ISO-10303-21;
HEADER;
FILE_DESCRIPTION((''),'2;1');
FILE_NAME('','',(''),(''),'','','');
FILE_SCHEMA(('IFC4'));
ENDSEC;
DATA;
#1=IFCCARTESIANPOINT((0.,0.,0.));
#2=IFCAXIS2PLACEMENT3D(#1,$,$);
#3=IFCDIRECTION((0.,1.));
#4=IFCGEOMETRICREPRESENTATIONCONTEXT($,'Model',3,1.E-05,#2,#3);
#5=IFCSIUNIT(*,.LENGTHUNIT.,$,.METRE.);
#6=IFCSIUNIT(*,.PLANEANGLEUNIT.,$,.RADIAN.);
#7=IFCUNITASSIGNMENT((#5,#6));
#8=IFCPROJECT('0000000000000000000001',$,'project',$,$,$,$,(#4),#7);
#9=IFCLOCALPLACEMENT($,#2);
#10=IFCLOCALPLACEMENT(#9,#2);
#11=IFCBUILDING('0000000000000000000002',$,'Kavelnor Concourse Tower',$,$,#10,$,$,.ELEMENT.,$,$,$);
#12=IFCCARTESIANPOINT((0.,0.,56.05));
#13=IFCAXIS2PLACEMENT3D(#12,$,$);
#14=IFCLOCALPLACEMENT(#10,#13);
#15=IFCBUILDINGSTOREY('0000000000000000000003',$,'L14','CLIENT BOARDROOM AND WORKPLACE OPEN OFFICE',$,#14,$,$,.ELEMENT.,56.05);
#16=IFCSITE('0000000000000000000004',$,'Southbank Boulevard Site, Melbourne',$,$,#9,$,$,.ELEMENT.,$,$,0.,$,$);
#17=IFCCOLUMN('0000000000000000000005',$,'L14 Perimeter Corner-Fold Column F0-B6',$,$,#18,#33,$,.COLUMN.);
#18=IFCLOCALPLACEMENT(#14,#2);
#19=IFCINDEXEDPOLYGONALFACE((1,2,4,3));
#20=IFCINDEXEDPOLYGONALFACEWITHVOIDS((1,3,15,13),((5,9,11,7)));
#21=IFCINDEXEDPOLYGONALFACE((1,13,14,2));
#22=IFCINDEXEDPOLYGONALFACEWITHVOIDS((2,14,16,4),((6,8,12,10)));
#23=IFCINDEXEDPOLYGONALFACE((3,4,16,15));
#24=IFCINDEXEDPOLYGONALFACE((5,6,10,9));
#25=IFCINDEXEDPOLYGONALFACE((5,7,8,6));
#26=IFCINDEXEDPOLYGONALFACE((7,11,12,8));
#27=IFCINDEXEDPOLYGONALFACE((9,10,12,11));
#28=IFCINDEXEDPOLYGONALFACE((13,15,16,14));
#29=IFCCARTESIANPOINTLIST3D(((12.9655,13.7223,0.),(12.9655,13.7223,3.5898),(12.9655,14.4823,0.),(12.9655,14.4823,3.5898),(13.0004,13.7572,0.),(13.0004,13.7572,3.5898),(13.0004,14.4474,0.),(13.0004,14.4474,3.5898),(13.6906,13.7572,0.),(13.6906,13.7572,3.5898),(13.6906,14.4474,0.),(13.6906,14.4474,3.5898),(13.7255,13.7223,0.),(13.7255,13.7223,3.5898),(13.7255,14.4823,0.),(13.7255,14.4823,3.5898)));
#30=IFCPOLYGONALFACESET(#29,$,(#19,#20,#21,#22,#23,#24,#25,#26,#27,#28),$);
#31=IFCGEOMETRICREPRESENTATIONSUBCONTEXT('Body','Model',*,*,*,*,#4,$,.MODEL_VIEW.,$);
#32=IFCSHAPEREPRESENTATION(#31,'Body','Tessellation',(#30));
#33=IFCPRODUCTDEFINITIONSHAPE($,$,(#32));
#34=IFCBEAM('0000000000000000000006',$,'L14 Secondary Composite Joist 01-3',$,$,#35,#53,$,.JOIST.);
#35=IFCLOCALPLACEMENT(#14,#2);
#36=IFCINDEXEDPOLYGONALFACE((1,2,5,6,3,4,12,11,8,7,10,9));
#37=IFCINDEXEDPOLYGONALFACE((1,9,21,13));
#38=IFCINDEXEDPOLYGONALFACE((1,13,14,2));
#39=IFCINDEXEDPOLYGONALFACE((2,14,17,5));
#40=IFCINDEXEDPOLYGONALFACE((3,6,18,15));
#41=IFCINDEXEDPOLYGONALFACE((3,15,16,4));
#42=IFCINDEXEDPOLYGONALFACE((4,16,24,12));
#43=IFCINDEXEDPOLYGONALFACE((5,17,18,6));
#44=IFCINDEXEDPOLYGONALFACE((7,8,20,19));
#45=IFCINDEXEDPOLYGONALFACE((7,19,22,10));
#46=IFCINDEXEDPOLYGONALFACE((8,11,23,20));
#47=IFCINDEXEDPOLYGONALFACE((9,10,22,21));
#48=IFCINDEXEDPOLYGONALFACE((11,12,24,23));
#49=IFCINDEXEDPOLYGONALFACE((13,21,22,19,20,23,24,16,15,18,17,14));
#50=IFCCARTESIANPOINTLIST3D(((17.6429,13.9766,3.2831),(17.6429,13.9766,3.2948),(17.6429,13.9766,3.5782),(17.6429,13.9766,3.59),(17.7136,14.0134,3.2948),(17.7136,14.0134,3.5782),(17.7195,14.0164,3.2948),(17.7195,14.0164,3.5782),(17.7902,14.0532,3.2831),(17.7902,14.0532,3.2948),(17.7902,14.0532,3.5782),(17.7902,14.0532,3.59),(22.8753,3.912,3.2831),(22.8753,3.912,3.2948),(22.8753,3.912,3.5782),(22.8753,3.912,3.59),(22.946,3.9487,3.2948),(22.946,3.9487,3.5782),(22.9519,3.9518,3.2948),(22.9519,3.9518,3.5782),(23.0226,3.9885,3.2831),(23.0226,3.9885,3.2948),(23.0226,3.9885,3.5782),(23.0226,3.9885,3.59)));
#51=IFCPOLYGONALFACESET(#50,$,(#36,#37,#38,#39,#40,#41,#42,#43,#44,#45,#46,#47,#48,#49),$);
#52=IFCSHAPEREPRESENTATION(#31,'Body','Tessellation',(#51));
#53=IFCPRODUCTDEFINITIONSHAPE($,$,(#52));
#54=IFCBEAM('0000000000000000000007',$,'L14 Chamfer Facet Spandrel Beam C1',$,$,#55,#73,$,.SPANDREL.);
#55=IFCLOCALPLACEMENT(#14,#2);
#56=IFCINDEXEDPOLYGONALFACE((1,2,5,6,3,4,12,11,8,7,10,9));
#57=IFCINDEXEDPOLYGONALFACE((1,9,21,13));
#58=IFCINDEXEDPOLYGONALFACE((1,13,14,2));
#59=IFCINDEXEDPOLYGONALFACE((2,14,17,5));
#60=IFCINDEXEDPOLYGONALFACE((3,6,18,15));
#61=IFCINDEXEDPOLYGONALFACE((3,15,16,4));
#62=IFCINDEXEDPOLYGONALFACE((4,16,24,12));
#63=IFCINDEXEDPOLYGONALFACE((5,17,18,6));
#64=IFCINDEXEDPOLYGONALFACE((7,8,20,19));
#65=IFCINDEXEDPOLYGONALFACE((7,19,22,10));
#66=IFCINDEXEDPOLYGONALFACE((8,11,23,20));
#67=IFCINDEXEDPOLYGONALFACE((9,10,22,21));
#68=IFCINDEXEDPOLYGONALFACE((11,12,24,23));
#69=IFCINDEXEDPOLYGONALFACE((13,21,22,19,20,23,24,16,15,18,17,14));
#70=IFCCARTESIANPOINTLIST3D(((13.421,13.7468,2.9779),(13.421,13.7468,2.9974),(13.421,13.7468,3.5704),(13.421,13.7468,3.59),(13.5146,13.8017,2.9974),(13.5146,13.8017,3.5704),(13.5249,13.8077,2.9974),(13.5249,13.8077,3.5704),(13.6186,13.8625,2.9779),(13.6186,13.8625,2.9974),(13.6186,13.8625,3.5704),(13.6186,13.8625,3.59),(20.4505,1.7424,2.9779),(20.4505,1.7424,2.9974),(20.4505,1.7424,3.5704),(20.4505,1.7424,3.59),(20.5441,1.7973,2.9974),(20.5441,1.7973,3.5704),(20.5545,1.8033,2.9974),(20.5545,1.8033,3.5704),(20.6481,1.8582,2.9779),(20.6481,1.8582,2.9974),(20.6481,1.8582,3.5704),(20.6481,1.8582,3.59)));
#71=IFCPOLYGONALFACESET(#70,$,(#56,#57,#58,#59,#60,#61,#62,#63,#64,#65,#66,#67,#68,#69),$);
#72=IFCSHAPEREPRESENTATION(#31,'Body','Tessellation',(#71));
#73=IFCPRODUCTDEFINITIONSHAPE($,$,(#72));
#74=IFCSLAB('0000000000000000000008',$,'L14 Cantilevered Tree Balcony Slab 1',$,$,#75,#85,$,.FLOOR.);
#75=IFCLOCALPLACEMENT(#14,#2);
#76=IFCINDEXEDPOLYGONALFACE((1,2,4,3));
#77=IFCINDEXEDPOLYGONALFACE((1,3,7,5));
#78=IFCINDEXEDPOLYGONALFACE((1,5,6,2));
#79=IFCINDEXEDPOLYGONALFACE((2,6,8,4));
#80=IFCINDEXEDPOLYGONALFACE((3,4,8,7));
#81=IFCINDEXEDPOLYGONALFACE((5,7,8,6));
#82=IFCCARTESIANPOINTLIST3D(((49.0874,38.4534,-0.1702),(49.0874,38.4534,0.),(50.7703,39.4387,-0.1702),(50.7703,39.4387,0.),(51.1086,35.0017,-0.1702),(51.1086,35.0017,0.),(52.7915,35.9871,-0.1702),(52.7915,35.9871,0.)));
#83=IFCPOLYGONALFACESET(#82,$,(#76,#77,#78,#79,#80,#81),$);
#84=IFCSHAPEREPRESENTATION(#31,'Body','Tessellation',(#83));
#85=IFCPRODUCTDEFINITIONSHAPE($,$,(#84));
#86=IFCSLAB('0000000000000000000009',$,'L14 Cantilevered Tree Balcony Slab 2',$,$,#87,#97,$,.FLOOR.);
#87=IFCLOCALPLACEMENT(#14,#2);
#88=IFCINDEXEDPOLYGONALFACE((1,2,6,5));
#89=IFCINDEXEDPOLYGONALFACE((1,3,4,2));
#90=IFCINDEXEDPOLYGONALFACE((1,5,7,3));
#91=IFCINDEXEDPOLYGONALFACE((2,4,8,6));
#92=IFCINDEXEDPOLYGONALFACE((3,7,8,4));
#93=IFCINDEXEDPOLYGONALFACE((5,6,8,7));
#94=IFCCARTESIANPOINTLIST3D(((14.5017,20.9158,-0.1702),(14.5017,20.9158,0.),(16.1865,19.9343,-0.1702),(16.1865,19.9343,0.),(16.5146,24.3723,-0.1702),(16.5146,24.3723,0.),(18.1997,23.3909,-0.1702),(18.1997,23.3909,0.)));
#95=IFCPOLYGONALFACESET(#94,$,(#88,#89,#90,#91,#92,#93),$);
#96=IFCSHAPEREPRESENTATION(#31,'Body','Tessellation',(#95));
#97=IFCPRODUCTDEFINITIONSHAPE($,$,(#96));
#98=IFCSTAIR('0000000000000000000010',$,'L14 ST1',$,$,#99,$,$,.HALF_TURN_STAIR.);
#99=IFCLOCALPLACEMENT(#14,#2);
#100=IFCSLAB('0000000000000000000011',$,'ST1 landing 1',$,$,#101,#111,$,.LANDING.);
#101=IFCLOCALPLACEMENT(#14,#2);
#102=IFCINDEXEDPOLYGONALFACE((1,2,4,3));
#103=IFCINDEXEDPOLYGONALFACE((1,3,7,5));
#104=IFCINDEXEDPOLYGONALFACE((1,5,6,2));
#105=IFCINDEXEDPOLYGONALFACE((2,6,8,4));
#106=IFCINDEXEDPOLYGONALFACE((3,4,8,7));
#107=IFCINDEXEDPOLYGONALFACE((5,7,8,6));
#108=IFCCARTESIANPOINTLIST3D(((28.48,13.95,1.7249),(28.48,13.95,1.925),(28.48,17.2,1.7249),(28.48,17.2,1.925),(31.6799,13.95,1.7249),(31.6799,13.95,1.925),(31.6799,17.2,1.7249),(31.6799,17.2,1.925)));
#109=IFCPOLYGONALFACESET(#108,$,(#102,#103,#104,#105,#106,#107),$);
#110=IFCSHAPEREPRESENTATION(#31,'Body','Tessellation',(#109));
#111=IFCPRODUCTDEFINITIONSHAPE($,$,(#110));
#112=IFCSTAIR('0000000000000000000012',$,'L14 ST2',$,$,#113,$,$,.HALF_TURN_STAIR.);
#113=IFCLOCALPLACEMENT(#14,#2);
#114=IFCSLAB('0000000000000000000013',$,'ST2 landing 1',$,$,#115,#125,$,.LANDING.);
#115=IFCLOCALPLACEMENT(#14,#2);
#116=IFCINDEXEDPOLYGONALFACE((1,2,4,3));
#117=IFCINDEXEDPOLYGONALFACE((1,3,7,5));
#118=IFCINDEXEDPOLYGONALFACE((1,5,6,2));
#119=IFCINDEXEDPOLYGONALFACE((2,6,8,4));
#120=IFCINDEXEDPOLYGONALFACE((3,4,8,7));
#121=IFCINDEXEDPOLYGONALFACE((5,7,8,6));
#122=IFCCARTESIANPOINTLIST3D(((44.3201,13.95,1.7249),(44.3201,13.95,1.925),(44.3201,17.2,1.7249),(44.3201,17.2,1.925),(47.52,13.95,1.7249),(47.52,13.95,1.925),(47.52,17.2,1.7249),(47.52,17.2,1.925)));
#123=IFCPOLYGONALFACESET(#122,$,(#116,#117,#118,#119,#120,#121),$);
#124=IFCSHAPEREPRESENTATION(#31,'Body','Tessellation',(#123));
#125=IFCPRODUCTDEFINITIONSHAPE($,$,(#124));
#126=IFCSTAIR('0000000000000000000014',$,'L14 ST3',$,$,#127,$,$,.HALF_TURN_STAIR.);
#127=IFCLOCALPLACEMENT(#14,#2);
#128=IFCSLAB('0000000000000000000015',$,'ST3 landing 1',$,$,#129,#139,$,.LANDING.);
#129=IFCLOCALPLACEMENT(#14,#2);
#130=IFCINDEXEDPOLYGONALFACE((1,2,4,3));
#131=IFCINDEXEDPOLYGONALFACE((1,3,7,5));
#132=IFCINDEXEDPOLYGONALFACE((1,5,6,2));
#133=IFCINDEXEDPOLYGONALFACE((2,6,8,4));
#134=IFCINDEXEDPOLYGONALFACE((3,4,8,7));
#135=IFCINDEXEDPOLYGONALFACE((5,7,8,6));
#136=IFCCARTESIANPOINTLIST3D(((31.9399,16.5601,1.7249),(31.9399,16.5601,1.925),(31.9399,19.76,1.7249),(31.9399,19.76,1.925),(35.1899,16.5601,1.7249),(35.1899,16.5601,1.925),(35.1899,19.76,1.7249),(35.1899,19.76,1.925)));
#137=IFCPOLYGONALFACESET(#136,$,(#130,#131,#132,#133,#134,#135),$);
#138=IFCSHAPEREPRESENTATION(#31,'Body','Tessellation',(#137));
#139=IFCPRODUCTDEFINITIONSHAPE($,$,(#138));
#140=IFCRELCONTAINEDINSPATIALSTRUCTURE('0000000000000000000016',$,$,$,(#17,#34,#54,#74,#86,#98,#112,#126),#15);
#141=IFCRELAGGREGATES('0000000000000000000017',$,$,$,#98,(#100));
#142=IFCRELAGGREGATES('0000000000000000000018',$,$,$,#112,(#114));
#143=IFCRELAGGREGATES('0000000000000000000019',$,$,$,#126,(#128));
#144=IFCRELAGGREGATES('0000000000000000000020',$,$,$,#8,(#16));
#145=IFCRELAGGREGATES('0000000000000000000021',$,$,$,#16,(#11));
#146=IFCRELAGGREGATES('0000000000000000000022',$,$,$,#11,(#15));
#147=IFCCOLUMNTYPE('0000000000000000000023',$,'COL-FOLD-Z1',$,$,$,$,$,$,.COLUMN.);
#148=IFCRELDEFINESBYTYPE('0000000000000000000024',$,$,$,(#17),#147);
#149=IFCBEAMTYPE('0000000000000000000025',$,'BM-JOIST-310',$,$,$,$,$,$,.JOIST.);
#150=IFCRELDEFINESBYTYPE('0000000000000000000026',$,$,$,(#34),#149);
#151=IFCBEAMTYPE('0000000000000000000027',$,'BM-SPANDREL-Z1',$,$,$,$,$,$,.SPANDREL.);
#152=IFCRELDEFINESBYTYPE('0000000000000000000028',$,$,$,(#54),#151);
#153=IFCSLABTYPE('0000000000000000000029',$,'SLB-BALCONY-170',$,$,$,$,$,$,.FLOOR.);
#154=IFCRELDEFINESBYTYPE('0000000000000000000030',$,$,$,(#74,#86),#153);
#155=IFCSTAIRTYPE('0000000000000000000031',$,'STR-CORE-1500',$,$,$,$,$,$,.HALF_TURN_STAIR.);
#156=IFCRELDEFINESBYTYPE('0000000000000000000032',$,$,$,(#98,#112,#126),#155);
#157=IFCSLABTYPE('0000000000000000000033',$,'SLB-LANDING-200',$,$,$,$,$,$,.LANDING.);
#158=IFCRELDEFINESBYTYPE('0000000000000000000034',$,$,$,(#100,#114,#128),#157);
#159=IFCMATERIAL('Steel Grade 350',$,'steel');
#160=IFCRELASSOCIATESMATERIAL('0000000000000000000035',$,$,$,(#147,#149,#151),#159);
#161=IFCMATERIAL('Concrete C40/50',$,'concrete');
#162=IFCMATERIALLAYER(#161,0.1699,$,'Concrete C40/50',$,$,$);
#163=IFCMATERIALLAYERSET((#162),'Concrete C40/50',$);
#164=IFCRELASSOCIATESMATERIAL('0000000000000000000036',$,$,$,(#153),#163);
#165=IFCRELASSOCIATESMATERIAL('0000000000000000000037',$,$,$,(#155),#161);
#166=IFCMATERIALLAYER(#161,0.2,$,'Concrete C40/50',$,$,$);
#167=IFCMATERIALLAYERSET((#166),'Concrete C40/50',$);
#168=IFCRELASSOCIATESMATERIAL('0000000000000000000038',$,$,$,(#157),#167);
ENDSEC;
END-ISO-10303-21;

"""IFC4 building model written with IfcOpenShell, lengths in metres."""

from ifc_helpers import new_model, si_unit, direction, frame, origin, origin_2d, place, context, subcontext, project, spatial, polyline, hollow_rectangle, i_section, outline, extrude, material, layer, layer_set, material_profile, profile_set, type_object, element, aggregate, save


model = new_model("IFC4")

# Units and contexts
model_context = context("Model", 3, precision=1e-05, world=origin(), true_north=direction((0.0, 1.0)))
body_context = subcontext(model_context, "Body", "Model", "MODEL_VIEW")
ifc_project = project(units=[si_unit("LENGTHUNIT", "METRE"), si_unit("PLANEANGLEUNIT", "RADIAN")], contexts=[model_context])

# Site, building, storey
site_placement = place(None, origin())
site = spatial("IfcSite", under=ifc_project, at=site_placement, Name="Southbank Boulevard Site, Melbourne", CompositionType="ELEMENT", RefElevation=0.0)
building_placement = place(site_placement, origin())
building = spatial("IfcBuilding", under=site, at=building_placement, Name="Kavelnor Concourse Tower", CompositionType="ELEMENT")
storey_placement = place(building_placement, frame((0.0, 0.0, 56.05)))
storey = spatial("IfcBuildingStorey", under=building, at=storey_placement, Name="L14", Description="CLIENT BOARDROOM AND WORKPLACE OPEN OFFICE", CompositionType="ELEMENT", Elevation=56.05)

# Column
ifc_material_1 = material(Name="Steel Grade 350", Category="steel")
ifc_material_profile_1 = material_profile(ifc_material_1, hollow_rectangle(XDim=0.76, YDim=0.76, WallThickness=0.0349, at=origin_2d()), Name="SHS 760x760x35")
ifc_profile_set_1 = profile_set([ifc_material_profile_1], Name="Steel Grade 350")
column_type = type_object("IfcColumnType", Name="COL-FOLD-Z1", PredefinedType="COLUMN", material=ifc_profile_set_1)
column_placement = place(storey_placement, frame((13.3455, 14.1023, 0.0), z_axis=(0.0, 0.0, 1.0), x_axis=(1.0, 0.0, 0.0)))
element("IfcColumn", 1, at=column_placement, inside=storey, type_object=column_type, Name="L14 Perimeter Corner-Fold Column F0-B6", PredefinedType="COLUMN", context=body_context, shape_type="SweptSolid", body=[
    extrude(hollow_rectangle(XDim=0.76, YDim=0.76, WallThickness=0.0349, at=origin_2d()), origin(), (0.0, 0.0, 1.0), 3.5898),
])

# Beams
ifc_material_profile_2 = material_profile(ifc_material_1, i_section(OverallWidth=0.166, OverallDepth=0.3069, WebThickness=0.0066, FlangeThickness=0.0117, at=origin_2d()), Name="310UB46")
ifc_profile_set_2 = profile_set([ifc_material_profile_2], Name="Steel Grade 350")
beam_type_1 = type_object("IfcBeamType", Name="BM-JOIST-310", PredefinedType="JOIST", material=ifc_profile_set_2)
beam_1_placement = place(storey_placement, frame((17.7166, 14.0149, 3.4365), z_axis=(0.461268, -0.887261, 0.0), x_axis=(0.887261, 0.461268, 0.0)))
element("IfcBeam", 2, at=beam_1_placement, inside=storey, type_object=beam_type_1, Name="L14 Secondary Composite Joist 01-3", PredefinedType="JOIST", context=body_context, shape_type="SweptSolid", body=[
    extrude(i_section(OverallWidth=0.166, OverallDepth=0.3069, WebThickness=0.0066, FlangeThickness=0.0117, at=origin_2d()), origin(), (0.0, 0.0, 1.0), 11.3435),
])
ifc_material_profile_3 = material_profile(ifc_material_1, i_section(OverallWidth=0.229, OverallDepth=0.6121, WebThickness=0.012, FlangeThickness=0.0195, at=origin_2d()), Name="610UB125")
ifc_profile_set_3 = profile_set([ifc_material_profile_3], Name="Steel Grade 350")
beam_type_2 = type_object("IfcBeamType", Name="BM-SPANDREL-Z1", PredefinedType="SPANDREL", material=ifc_profile_set_3)
beam_2_placement = place(storey_placement, frame((13.5198, 13.8047, 3.2839), z_axis=(0.505317, -0.862934, 0.0), x_axis=(0.862934, 0.505317, 0.0)))
element("IfcBeam", 3, at=beam_2_placement, inside=storey, type_object=beam_type_2, Name="L14 Chamfer Facet Spandrel Beam C1", PredefinedType="SPANDREL", context=body_context, shape_type="SweptSolid", body=[
    extrude(i_section(OverallWidth=0.229, OverallDepth=0.6121, WebThickness=0.012, FlangeThickness=0.0195, at=origin_2d()), origin(), (0.0, 0.0, 1.0), 13.9111),
])

# Slabs
ifc_material_2 = material(Name="Concrete C40/50", Category="concrete")
ifc_layer_1 = layer(ifc_material_2, 0.1699, Name="Concrete C40/50")
ifc_layer_set_1 = layer_set([ifc_layer_1], Name="Concrete C40/50")
slab_type_1 = type_object("IfcSlabType", Name="SLB-BALCONY-170", PredefinedType="FLOOR", material=ifc_layer_set_1)
slab_1_placement = place(storey_placement, frame((0.0, 0.0, -0.1702)))
element("IfcSlab", 4, at=slab_1_placement, inside=storey, type_object=slab_type_1, Name="L14 Cantilevered Tree Balcony Slab 1", PredefinedType="FLOOR", context=body_context, shape_type="SweptSolid", body=[
    extrude(outline(polyline([(50.7703, 39.4387), (52.7915, 35.9871), (51.1086, 35.0017), (49.0874, 38.4534), (50.7703, 39.4387)])), origin(), (0.0, 0.0, 1.0), 0.1702),
])
slab_2_placement = place(storey_placement, frame((0.0, 0.0, -0.1702)))
element("IfcSlab", 5, at=slab_2_placement, inside=storey, type_object=slab_type_1, Name="L14 Cantilevered Tree Balcony Slab 2", PredefinedType="FLOOR", context=body_context, shape_type="SweptSolid", body=[
    extrude(outline(polyline([(14.5017, 20.9158), (16.5146, 24.3723), (18.1997, 23.3909), (16.1865, 19.9343), (14.5017, 20.9158)])), origin(), (0.0, 0.0, 1.0), 0.1702),
])

# Stairs, slabs
stair_type = type_object("IfcStairType", Name="STR-CORE-1500", PredefinedType="HALF_TURN_STAIR", material=ifc_material_2)
stair_1_placement = place(storey_placement, origin())
stair_1 = element("IfcStair", 6, at=stair_1_placement, inside=storey, type_object=stair_type, Name="L14 ST1", PredefinedType="HALF_TURN_STAIR")
ifc_layer_2 = layer(ifc_material_2, 0.2, Name="Concrete C40/50")
ifc_layer_set_2 = layer_set([ifc_layer_2], Name="Concrete C40/50")
slab_type_2 = type_object("IfcSlabType", Name="SLB-LANDING-200", PredefinedType="LANDING", material=ifc_layer_set_2)
slab_3_placement = place(storey_placement, frame((0.0, 0.0, 1.7249)))
slab_3 = element("IfcSlab", 7, at=slab_3_placement, type_object=slab_type_2, Name="ST1 landing 1", PredefinedType="LANDING", context=body_context, shape_type="SweptSolid", body=[
    extrude(outline(polyline([(31.6799, 13.95), (31.6799, 17.2), (28.48, 17.2), (28.48, 13.95), (31.6799, 13.95)])), origin(), (0.0, 0.0, 1.0), 0.2002),
])
aggregate(stair_1, [slab_3])
stair_2_placement = place(storey_placement, origin())
stair_2 = element("IfcStair", 8, at=stair_2_placement, inside=storey, type_object=stair_type, Name="L14 ST2", PredefinedType="HALF_TURN_STAIR")
slab_4_placement = place(storey_placement, frame((0.0, 0.0, 1.7249)))
slab_4 = element("IfcSlab", 9, at=slab_4_placement, type_object=slab_type_2, Name="ST2 landing 1", PredefinedType="LANDING", context=body_context, shape_type="SweptSolid", body=[
    extrude(outline(polyline([(47.52, 13.95), (47.52, 17.2), (44.3201, 17.2), (44.3201, 13.95), (47.52, 13.95)])), origin(), (0.0, 0.0, 1.0), 0.2002),
])
aggregate(stair_2, [slab_4])
stair_3_placement = place(storey_placement, origin())
stair_3 = element("IfcStair", 10, at=stair_3_placement, inside=storey, type_object=stair_type, Name="L14 ST3", PredefinedType="HALF_TURN_STAIR")
slab_5_placement = place(storey_placement, frame((0.0, 0.0, 1.7249)))
slab_5 = element("IfcSlab", 11, at=slab_5_placement, type_object=slab_type_2, Name="ST3 landing 1", PredefinedType="LANDING", context=body_context, shape_type="SweptSolid", body=[
    extrude(outline(polyline([(35.1899, 19.76), (31.9399, 19.76), (31.9399, 16.5601), (35.1899, 16.5601), (35.1899, 19.76)])), origin(), (0.0, 0.0, 1.0), 0.2002),
])
aggregate(stair_3, [slab_5])

save(model, "model.ifc")
